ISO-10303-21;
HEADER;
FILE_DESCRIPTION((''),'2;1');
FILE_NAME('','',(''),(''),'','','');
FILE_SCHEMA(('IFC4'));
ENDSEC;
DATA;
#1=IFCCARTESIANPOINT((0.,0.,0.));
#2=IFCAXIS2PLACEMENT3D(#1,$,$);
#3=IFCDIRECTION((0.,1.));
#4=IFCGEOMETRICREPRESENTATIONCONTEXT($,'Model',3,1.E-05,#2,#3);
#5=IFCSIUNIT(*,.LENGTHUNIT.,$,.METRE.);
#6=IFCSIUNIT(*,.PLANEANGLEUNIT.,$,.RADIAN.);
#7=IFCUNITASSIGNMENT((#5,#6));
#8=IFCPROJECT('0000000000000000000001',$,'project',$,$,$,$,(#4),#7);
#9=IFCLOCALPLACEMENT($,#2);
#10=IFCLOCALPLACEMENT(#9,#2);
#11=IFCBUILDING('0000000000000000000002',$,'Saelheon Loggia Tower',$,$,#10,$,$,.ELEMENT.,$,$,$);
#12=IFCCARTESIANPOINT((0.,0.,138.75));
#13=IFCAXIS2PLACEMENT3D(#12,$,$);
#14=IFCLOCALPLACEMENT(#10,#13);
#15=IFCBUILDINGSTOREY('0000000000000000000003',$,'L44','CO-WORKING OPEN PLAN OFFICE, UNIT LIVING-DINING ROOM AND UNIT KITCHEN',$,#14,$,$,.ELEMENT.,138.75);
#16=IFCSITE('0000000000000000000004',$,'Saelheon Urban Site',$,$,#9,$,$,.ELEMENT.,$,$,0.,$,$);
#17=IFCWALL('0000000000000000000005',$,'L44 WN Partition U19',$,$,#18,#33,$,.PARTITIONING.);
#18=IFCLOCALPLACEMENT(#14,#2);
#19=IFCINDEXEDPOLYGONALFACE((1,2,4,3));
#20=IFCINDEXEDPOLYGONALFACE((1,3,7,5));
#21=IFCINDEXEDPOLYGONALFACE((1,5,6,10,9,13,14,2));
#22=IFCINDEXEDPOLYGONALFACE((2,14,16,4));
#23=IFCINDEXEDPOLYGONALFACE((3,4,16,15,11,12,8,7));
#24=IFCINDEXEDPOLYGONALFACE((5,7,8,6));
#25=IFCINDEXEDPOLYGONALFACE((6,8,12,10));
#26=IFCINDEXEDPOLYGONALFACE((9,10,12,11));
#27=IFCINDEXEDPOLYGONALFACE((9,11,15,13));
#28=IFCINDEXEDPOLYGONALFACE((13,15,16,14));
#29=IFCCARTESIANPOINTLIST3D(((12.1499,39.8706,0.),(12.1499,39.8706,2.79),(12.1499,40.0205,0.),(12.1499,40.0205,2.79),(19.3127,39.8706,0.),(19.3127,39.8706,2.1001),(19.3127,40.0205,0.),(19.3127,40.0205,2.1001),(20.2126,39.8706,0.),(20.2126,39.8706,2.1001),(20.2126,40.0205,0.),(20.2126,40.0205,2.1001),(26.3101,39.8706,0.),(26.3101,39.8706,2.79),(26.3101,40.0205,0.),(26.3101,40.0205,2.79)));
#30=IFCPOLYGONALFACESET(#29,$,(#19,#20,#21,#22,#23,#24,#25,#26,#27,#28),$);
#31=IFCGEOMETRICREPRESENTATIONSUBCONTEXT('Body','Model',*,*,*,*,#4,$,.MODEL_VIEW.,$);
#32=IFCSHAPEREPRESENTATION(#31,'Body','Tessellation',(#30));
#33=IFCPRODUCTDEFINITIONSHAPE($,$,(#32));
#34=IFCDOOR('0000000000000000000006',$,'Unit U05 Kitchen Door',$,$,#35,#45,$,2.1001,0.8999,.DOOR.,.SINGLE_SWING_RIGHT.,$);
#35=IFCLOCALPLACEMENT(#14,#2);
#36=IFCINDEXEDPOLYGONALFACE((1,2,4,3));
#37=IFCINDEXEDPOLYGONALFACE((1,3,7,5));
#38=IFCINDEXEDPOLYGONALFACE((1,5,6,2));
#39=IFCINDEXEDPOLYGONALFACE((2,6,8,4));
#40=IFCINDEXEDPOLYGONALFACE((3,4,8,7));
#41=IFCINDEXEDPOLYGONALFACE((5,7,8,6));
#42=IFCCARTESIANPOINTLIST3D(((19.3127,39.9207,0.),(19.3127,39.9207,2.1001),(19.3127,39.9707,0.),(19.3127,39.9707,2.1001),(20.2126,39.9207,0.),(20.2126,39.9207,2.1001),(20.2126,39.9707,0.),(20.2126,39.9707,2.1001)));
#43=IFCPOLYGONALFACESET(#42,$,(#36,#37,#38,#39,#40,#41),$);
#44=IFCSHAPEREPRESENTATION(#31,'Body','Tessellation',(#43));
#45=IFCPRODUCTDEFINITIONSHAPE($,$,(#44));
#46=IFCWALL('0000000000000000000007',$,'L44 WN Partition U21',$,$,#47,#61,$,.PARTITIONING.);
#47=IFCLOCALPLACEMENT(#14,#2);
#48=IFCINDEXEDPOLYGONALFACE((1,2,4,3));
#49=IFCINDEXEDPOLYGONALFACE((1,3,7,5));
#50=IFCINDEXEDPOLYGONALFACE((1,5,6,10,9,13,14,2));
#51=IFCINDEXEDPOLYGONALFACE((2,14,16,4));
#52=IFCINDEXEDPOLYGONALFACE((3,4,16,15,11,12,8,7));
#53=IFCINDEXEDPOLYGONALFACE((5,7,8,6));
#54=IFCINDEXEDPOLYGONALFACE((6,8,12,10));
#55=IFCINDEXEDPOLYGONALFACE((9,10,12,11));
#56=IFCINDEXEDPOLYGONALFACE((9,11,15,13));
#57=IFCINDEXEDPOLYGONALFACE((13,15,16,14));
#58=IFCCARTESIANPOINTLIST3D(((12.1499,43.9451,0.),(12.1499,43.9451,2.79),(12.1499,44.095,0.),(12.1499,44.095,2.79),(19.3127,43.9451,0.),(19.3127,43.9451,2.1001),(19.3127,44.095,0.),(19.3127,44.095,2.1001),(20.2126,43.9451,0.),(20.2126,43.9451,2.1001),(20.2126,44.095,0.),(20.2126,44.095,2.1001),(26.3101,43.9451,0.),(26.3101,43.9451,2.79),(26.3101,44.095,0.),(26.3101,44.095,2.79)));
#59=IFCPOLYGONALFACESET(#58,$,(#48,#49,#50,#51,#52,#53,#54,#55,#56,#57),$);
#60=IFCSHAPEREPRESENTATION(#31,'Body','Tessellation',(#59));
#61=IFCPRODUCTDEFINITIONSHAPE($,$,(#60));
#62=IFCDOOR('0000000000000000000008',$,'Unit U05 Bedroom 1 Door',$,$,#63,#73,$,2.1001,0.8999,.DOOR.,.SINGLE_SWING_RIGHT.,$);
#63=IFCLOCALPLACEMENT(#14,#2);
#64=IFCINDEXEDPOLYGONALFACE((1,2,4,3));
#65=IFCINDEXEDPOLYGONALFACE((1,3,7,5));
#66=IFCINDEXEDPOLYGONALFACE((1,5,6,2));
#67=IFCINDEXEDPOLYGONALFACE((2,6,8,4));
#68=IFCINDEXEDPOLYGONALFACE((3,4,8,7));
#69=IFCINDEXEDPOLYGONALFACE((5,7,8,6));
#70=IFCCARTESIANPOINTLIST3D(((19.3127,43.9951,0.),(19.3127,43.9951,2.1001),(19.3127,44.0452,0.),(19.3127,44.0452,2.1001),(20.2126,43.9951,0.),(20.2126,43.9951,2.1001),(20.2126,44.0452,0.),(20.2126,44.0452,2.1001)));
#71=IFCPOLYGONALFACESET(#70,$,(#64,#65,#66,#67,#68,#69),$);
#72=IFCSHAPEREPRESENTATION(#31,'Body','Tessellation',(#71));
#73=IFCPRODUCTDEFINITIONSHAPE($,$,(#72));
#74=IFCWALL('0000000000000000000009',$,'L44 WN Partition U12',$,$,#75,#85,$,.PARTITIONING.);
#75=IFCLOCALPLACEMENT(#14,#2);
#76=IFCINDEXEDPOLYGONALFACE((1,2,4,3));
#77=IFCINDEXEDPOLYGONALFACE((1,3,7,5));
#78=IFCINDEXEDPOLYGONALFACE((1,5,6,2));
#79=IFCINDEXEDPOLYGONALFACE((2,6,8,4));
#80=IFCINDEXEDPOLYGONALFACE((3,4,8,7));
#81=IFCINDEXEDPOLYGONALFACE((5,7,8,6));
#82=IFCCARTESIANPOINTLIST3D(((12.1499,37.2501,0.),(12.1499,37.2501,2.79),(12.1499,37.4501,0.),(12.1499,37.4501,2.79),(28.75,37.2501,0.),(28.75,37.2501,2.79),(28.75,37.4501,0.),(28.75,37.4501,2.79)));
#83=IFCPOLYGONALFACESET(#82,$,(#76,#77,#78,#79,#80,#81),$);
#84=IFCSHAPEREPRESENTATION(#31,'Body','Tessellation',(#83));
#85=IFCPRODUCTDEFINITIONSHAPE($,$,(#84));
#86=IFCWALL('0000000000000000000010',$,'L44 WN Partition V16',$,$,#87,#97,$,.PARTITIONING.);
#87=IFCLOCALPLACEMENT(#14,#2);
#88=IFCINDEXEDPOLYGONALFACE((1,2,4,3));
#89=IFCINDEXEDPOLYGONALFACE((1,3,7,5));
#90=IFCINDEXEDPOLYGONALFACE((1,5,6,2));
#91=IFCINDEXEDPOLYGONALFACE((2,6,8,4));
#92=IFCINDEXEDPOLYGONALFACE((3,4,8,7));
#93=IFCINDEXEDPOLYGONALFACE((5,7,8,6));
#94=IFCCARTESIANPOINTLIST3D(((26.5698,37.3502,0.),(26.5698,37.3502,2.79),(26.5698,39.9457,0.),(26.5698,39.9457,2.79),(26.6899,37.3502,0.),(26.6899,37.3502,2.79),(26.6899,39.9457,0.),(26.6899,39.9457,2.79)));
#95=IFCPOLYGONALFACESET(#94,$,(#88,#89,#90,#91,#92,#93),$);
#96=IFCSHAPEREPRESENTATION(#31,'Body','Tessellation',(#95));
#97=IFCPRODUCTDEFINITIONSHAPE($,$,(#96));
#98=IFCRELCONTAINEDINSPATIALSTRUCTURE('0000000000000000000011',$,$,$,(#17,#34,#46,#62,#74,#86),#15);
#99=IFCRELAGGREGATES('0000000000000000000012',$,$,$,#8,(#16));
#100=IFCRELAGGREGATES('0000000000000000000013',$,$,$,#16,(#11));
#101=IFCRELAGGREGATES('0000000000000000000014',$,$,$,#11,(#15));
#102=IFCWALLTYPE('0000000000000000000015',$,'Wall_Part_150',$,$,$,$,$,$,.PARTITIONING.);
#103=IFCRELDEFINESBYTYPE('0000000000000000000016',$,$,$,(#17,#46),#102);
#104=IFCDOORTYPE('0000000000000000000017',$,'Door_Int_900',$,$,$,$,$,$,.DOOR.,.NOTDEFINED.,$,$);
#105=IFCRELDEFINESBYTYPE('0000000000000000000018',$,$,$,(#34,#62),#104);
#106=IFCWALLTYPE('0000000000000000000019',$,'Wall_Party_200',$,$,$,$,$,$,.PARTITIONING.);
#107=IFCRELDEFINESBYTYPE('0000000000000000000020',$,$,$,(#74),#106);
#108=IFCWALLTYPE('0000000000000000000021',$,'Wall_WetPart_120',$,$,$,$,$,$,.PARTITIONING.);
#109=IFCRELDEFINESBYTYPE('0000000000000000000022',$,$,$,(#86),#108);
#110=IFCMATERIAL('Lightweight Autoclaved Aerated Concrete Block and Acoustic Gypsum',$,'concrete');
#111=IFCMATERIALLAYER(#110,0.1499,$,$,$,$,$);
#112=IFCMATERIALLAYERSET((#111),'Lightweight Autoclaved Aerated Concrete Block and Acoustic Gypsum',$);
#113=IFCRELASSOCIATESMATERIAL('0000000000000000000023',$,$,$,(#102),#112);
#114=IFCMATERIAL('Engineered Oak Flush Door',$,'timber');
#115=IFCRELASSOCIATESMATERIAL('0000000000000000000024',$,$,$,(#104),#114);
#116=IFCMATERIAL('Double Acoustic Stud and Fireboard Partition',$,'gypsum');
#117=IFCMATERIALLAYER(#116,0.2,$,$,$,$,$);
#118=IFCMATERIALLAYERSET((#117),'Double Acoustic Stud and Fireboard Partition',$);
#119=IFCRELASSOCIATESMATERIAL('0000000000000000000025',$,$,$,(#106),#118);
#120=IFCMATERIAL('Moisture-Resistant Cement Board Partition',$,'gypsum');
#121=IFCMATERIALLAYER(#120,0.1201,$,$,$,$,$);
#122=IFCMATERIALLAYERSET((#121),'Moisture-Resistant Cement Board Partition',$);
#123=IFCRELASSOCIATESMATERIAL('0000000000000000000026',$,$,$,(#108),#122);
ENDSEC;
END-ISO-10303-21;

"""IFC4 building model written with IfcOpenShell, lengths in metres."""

from ifc_helpers import new_model, si_unit, direction, frame, frame_2d, origin, place, context, subcontext, project, spatial, rectangle, extrude, source, transform, mapped, material, layer, layer_set, type_object, element, fill, save


model = new_model("IFC4")

# Units and contexts
model_context = context("Model", 3, precision=1e-05, world=origin(), true_north=direction((0.0, 1.0)))
body_context = subcontext(model_context, "Body", "Model", "MODEL_VIEW")
ifc_project = project(units=[si_unit("LENGTHUNIT", "METRE"), si_unit("PLANEANGLEUNIT", "RADIAN")], contexts=[model_context])

# Site, building, storey
site_placement = place(None, origin())
site = spatial("IfcSite", under=ifc_project, at=site_placement, Name="Saelheon Urban Site", CompositionType="ELEMENT", RefElevation=0.0)
building_placement = place(site_placement, origin())
building = spatial("IfcBuilding", under=site, at=building_placement, Name="Saelheon Loggia Tower", CompositionType="ELEMENT")
storey_placement = place(building_placement, frame((0.0, 0.0, 138.75)))
storey = spatial("IfcBuildingStorey", under=building, at=storey_placement, Name="L44", Description="CO-WORKING OPEN PLAN OFFICE, UNIT LIVING-DINING ROOM AND UNIT KITCHEN", CompositionType="ELEMENT", Elevation=138.75)

# Shared definitions
ifc_material_1 = material(Name="Lightweight Autoclaved Aerated Concrete Block and Acoustic Gypsum", Category="concrete")
ifc_layer_1 = layer(ifc_material_1, 0.1499)
ifc_layer_set_1 = layer_set([ifc_layer_1], Name="Lightweight Autoclaved Aerated Concrete Block and Acoustic Gypsum")
wall_type_1 = type_object("IfcWallType", Name="Wall_Part_150", PredefinedType="PARTITIONING", material=ifc_layer_set_1)

# Walls, openings, doors
wall_1_placement = place(storey_placement, frame((26.3101, 39.9456, 0.0), z_axis=(0.0, 0.0, 1.0), x_axis=(-1.0, 0.0, 0.0)))
wall_1 = element("IfcWall", 1, at=wall_1_placement, inside=storey, type_object=wall_type_1, Name="L44 WN Partition U19", PredefinedType="PARTITIONING", context=body_context, shape_type="SweptSolid", body=[
    extrude(rectangle(XDim=14.1602, YDim=0.1499, at=frame_2d((7.0801, 0.0))), origin(), (0.0, 0.0, 1.0), 2.79),
])
opening_1_placement = place(wall_1_placement, frame((6.0974, 0.0, 0.0)))
opening_1 = element("IfcOpeningElement", 2, at=opening_1_placement, cuts=wall_1, PredefinedType="OPENING", context=body_context, shape_type="SweptSolid", body=[
    extrude(rectangle(XDim=0.8999, YDim=2.1001, at=frame_2d((0.45, 1.05))), frame((0.0, 0.0869, 0.0), z_axis=(0.0, -1.0, 0.0), x_axis=(1.0, 0.0, 0.0)), (0.0, 0.0, 1.0), 0.1738),
])
ifc_material_2 = material(Name="Engineered Oak Flush Door", Category="timber")
door_type_1 = type_object("IfcDoorType", Name="Door_Int_900", OperationType="NOTDEFINED", PredefinedType="DOOR", material=ifc_material_2)
shared_shape_1 = source(origin(), body_context, "Body", "SweptSolid", [
    extrude(rectangle(XDim=0.8999, YDim=2.1001, at=frame_2d((0.45, 1.05))), frame((0.0, 0.0249, 0.0), z_axis=(0.0, -1.0, 0.0), x_axis=(1.0, 0.0, 0.0)), (0.0, 0.0, 1.0), 0.05),
])
door_1_placement = place(opening_1_placement, origin())
door_1 = element("IfcDoor", 3, at=door_1_placement, inside=storey, type_object=door_type_1, Name="Unit U05 Kitchen Door", OperationType="SINGLE_SWING_RIGHT", OverallHeight=2.1001, OverallWidth=0.8999, PredefinedType="DOOR", context=body_context, shape_type="MappedRepresentation", body=[
    mapped(shared_shape_1, transform((0.0, 0.0, 0.0), scale=1.0)),
])
fill(opening_1, door_1)
wall_2_placement = place(storey_placement, frame((26.3101, 44.02, 0.0), z_axis=(0.0, 0.0, 1.0), x_axis=(-1.0, 0.0, 0.0)))
wall_2 = element("IfcWall", 4, at=wall_2_placement, inside=storey, type_object=wall_type_1, Name="L44 WN Partition U21", PredefinedType="PARTITIONING", context=body_context, shape_type="SweptSolid", body=[
    extrude(rectangle(XDim=14.1602, YDim=0.1499, at=frame_2d((7.0801, 0.0))), origin(), (0.0, 0.0, 1.0), 2.79),
])
opening_2_placement = place(wall_2_placement, frame((6.0974, 0.0, 0.0)))
opening_2 = element("IfcOpeningElement", 5, at=opening_2_placement, cuts=wall_2, PredefinedType="OPENING", context=body_context, shape_type="SweptSolid", body=[
    extrude(rectangle(XDim=0.8999, YDim=2.1001, at=frame_2d((0.45, 1.05))), frame((0.0, 0.0869, 0.0), z_axis=(0.0, -1.0, 0.0), x_axis=(1.0, 0.0, 0.0)), (0.0, 0.0, 1.0), 0.1738),
])
door_2_placement = place(opening_2_placement, origin())
door_2 = element("IfcDoor", 6, at=door_2_placement, inside=storey, type_object=door_type_1, Name="Unit U05 Bedroom 1 Door", OperationType="SINGLE_SWING_RIGHT", OverallHeight=2.1001, OverallWidth=0.8999, PredefinedType="DOOR", context=body_context, shape_type="MappedRepresentation", body=[
    mapped(shared_shape_1, transform((0.0, 0.0, 0.0), scale=1.0)),
])
fill(opening_2, door_2)

# Walls
ifc_material_3 = material(Name="Double Acoustic Stud and Fireboard Partition", Category="gypsum")
ifc_layer_2 = layer(ifc_material_3, 0.2)
ifc_layer_set_2 = layer_set([ifc_layer_2], Name="Double Acoustic Stud and Fireboard Partition")
wall_type_2 = type_object("IfcWallType", Name="Wall_Party_200", PredefinedType="PARTITIONING", material=ifc_layer_set_2)
wall_3_placement = place(storey_placement, frame((28.75, 37.3501, 0.0), z_axis=(0.0, 0.0, 1.0), x_axis=(-1.0, 0.0, 0.0)))
element("IfcWall", 7, at=wall_3_placement, inside=storey, type_object=wall_type_2, Name="L44 WN Partition U12", PredefinedType="PARTITIONING", context=body_context, shape_type="SweptSolid", body=[
    extrude(rectangle(XDim=16.6001, YDim=0.2, at=frame_2d((8.3, 0.0))), origin(), (0.0, 0.0, 1.0), 2.79),
])
ifc_material_4 = material(Name="Moisture-Resistant Cement Board Partition", Category="gypsum")
ifc_layer_3 = layer(ifc_material_4, 0.1201)
ifc_layer_set_3 = layer_set([ifc_layer_3], Name="Moisture-Resistant Cement Board Partition")
wall_type_3 = type_object("IfcWallType", Name="Wall_WetPart_120", PredefinedType="PARTITIONING", material=ifc_layer_set_3)
wall_4_placement = place(storey_placement, frame((26.6299, 37.3501, 0.0), z_axis=(0.0, 0.0, 1.0), x_axis=(0.0, 1.0, 0.0)))
element("IfcWall", 8, at=wall_4_placement, inside=storey, type_object=wall_type_3, Name="L44 WN Partition V16", PredefinedType="PARTITIONING", context=body_context, shape_type="SweptSolid", body=[
    extrude(rectangle(XDim=2.5955, YDim=0.1201, at=frame_2d((1.2979, 0.0))), origin(), (0.0, 0.0, 1.0), 2.79),
])

save(model, "model.ifc")
